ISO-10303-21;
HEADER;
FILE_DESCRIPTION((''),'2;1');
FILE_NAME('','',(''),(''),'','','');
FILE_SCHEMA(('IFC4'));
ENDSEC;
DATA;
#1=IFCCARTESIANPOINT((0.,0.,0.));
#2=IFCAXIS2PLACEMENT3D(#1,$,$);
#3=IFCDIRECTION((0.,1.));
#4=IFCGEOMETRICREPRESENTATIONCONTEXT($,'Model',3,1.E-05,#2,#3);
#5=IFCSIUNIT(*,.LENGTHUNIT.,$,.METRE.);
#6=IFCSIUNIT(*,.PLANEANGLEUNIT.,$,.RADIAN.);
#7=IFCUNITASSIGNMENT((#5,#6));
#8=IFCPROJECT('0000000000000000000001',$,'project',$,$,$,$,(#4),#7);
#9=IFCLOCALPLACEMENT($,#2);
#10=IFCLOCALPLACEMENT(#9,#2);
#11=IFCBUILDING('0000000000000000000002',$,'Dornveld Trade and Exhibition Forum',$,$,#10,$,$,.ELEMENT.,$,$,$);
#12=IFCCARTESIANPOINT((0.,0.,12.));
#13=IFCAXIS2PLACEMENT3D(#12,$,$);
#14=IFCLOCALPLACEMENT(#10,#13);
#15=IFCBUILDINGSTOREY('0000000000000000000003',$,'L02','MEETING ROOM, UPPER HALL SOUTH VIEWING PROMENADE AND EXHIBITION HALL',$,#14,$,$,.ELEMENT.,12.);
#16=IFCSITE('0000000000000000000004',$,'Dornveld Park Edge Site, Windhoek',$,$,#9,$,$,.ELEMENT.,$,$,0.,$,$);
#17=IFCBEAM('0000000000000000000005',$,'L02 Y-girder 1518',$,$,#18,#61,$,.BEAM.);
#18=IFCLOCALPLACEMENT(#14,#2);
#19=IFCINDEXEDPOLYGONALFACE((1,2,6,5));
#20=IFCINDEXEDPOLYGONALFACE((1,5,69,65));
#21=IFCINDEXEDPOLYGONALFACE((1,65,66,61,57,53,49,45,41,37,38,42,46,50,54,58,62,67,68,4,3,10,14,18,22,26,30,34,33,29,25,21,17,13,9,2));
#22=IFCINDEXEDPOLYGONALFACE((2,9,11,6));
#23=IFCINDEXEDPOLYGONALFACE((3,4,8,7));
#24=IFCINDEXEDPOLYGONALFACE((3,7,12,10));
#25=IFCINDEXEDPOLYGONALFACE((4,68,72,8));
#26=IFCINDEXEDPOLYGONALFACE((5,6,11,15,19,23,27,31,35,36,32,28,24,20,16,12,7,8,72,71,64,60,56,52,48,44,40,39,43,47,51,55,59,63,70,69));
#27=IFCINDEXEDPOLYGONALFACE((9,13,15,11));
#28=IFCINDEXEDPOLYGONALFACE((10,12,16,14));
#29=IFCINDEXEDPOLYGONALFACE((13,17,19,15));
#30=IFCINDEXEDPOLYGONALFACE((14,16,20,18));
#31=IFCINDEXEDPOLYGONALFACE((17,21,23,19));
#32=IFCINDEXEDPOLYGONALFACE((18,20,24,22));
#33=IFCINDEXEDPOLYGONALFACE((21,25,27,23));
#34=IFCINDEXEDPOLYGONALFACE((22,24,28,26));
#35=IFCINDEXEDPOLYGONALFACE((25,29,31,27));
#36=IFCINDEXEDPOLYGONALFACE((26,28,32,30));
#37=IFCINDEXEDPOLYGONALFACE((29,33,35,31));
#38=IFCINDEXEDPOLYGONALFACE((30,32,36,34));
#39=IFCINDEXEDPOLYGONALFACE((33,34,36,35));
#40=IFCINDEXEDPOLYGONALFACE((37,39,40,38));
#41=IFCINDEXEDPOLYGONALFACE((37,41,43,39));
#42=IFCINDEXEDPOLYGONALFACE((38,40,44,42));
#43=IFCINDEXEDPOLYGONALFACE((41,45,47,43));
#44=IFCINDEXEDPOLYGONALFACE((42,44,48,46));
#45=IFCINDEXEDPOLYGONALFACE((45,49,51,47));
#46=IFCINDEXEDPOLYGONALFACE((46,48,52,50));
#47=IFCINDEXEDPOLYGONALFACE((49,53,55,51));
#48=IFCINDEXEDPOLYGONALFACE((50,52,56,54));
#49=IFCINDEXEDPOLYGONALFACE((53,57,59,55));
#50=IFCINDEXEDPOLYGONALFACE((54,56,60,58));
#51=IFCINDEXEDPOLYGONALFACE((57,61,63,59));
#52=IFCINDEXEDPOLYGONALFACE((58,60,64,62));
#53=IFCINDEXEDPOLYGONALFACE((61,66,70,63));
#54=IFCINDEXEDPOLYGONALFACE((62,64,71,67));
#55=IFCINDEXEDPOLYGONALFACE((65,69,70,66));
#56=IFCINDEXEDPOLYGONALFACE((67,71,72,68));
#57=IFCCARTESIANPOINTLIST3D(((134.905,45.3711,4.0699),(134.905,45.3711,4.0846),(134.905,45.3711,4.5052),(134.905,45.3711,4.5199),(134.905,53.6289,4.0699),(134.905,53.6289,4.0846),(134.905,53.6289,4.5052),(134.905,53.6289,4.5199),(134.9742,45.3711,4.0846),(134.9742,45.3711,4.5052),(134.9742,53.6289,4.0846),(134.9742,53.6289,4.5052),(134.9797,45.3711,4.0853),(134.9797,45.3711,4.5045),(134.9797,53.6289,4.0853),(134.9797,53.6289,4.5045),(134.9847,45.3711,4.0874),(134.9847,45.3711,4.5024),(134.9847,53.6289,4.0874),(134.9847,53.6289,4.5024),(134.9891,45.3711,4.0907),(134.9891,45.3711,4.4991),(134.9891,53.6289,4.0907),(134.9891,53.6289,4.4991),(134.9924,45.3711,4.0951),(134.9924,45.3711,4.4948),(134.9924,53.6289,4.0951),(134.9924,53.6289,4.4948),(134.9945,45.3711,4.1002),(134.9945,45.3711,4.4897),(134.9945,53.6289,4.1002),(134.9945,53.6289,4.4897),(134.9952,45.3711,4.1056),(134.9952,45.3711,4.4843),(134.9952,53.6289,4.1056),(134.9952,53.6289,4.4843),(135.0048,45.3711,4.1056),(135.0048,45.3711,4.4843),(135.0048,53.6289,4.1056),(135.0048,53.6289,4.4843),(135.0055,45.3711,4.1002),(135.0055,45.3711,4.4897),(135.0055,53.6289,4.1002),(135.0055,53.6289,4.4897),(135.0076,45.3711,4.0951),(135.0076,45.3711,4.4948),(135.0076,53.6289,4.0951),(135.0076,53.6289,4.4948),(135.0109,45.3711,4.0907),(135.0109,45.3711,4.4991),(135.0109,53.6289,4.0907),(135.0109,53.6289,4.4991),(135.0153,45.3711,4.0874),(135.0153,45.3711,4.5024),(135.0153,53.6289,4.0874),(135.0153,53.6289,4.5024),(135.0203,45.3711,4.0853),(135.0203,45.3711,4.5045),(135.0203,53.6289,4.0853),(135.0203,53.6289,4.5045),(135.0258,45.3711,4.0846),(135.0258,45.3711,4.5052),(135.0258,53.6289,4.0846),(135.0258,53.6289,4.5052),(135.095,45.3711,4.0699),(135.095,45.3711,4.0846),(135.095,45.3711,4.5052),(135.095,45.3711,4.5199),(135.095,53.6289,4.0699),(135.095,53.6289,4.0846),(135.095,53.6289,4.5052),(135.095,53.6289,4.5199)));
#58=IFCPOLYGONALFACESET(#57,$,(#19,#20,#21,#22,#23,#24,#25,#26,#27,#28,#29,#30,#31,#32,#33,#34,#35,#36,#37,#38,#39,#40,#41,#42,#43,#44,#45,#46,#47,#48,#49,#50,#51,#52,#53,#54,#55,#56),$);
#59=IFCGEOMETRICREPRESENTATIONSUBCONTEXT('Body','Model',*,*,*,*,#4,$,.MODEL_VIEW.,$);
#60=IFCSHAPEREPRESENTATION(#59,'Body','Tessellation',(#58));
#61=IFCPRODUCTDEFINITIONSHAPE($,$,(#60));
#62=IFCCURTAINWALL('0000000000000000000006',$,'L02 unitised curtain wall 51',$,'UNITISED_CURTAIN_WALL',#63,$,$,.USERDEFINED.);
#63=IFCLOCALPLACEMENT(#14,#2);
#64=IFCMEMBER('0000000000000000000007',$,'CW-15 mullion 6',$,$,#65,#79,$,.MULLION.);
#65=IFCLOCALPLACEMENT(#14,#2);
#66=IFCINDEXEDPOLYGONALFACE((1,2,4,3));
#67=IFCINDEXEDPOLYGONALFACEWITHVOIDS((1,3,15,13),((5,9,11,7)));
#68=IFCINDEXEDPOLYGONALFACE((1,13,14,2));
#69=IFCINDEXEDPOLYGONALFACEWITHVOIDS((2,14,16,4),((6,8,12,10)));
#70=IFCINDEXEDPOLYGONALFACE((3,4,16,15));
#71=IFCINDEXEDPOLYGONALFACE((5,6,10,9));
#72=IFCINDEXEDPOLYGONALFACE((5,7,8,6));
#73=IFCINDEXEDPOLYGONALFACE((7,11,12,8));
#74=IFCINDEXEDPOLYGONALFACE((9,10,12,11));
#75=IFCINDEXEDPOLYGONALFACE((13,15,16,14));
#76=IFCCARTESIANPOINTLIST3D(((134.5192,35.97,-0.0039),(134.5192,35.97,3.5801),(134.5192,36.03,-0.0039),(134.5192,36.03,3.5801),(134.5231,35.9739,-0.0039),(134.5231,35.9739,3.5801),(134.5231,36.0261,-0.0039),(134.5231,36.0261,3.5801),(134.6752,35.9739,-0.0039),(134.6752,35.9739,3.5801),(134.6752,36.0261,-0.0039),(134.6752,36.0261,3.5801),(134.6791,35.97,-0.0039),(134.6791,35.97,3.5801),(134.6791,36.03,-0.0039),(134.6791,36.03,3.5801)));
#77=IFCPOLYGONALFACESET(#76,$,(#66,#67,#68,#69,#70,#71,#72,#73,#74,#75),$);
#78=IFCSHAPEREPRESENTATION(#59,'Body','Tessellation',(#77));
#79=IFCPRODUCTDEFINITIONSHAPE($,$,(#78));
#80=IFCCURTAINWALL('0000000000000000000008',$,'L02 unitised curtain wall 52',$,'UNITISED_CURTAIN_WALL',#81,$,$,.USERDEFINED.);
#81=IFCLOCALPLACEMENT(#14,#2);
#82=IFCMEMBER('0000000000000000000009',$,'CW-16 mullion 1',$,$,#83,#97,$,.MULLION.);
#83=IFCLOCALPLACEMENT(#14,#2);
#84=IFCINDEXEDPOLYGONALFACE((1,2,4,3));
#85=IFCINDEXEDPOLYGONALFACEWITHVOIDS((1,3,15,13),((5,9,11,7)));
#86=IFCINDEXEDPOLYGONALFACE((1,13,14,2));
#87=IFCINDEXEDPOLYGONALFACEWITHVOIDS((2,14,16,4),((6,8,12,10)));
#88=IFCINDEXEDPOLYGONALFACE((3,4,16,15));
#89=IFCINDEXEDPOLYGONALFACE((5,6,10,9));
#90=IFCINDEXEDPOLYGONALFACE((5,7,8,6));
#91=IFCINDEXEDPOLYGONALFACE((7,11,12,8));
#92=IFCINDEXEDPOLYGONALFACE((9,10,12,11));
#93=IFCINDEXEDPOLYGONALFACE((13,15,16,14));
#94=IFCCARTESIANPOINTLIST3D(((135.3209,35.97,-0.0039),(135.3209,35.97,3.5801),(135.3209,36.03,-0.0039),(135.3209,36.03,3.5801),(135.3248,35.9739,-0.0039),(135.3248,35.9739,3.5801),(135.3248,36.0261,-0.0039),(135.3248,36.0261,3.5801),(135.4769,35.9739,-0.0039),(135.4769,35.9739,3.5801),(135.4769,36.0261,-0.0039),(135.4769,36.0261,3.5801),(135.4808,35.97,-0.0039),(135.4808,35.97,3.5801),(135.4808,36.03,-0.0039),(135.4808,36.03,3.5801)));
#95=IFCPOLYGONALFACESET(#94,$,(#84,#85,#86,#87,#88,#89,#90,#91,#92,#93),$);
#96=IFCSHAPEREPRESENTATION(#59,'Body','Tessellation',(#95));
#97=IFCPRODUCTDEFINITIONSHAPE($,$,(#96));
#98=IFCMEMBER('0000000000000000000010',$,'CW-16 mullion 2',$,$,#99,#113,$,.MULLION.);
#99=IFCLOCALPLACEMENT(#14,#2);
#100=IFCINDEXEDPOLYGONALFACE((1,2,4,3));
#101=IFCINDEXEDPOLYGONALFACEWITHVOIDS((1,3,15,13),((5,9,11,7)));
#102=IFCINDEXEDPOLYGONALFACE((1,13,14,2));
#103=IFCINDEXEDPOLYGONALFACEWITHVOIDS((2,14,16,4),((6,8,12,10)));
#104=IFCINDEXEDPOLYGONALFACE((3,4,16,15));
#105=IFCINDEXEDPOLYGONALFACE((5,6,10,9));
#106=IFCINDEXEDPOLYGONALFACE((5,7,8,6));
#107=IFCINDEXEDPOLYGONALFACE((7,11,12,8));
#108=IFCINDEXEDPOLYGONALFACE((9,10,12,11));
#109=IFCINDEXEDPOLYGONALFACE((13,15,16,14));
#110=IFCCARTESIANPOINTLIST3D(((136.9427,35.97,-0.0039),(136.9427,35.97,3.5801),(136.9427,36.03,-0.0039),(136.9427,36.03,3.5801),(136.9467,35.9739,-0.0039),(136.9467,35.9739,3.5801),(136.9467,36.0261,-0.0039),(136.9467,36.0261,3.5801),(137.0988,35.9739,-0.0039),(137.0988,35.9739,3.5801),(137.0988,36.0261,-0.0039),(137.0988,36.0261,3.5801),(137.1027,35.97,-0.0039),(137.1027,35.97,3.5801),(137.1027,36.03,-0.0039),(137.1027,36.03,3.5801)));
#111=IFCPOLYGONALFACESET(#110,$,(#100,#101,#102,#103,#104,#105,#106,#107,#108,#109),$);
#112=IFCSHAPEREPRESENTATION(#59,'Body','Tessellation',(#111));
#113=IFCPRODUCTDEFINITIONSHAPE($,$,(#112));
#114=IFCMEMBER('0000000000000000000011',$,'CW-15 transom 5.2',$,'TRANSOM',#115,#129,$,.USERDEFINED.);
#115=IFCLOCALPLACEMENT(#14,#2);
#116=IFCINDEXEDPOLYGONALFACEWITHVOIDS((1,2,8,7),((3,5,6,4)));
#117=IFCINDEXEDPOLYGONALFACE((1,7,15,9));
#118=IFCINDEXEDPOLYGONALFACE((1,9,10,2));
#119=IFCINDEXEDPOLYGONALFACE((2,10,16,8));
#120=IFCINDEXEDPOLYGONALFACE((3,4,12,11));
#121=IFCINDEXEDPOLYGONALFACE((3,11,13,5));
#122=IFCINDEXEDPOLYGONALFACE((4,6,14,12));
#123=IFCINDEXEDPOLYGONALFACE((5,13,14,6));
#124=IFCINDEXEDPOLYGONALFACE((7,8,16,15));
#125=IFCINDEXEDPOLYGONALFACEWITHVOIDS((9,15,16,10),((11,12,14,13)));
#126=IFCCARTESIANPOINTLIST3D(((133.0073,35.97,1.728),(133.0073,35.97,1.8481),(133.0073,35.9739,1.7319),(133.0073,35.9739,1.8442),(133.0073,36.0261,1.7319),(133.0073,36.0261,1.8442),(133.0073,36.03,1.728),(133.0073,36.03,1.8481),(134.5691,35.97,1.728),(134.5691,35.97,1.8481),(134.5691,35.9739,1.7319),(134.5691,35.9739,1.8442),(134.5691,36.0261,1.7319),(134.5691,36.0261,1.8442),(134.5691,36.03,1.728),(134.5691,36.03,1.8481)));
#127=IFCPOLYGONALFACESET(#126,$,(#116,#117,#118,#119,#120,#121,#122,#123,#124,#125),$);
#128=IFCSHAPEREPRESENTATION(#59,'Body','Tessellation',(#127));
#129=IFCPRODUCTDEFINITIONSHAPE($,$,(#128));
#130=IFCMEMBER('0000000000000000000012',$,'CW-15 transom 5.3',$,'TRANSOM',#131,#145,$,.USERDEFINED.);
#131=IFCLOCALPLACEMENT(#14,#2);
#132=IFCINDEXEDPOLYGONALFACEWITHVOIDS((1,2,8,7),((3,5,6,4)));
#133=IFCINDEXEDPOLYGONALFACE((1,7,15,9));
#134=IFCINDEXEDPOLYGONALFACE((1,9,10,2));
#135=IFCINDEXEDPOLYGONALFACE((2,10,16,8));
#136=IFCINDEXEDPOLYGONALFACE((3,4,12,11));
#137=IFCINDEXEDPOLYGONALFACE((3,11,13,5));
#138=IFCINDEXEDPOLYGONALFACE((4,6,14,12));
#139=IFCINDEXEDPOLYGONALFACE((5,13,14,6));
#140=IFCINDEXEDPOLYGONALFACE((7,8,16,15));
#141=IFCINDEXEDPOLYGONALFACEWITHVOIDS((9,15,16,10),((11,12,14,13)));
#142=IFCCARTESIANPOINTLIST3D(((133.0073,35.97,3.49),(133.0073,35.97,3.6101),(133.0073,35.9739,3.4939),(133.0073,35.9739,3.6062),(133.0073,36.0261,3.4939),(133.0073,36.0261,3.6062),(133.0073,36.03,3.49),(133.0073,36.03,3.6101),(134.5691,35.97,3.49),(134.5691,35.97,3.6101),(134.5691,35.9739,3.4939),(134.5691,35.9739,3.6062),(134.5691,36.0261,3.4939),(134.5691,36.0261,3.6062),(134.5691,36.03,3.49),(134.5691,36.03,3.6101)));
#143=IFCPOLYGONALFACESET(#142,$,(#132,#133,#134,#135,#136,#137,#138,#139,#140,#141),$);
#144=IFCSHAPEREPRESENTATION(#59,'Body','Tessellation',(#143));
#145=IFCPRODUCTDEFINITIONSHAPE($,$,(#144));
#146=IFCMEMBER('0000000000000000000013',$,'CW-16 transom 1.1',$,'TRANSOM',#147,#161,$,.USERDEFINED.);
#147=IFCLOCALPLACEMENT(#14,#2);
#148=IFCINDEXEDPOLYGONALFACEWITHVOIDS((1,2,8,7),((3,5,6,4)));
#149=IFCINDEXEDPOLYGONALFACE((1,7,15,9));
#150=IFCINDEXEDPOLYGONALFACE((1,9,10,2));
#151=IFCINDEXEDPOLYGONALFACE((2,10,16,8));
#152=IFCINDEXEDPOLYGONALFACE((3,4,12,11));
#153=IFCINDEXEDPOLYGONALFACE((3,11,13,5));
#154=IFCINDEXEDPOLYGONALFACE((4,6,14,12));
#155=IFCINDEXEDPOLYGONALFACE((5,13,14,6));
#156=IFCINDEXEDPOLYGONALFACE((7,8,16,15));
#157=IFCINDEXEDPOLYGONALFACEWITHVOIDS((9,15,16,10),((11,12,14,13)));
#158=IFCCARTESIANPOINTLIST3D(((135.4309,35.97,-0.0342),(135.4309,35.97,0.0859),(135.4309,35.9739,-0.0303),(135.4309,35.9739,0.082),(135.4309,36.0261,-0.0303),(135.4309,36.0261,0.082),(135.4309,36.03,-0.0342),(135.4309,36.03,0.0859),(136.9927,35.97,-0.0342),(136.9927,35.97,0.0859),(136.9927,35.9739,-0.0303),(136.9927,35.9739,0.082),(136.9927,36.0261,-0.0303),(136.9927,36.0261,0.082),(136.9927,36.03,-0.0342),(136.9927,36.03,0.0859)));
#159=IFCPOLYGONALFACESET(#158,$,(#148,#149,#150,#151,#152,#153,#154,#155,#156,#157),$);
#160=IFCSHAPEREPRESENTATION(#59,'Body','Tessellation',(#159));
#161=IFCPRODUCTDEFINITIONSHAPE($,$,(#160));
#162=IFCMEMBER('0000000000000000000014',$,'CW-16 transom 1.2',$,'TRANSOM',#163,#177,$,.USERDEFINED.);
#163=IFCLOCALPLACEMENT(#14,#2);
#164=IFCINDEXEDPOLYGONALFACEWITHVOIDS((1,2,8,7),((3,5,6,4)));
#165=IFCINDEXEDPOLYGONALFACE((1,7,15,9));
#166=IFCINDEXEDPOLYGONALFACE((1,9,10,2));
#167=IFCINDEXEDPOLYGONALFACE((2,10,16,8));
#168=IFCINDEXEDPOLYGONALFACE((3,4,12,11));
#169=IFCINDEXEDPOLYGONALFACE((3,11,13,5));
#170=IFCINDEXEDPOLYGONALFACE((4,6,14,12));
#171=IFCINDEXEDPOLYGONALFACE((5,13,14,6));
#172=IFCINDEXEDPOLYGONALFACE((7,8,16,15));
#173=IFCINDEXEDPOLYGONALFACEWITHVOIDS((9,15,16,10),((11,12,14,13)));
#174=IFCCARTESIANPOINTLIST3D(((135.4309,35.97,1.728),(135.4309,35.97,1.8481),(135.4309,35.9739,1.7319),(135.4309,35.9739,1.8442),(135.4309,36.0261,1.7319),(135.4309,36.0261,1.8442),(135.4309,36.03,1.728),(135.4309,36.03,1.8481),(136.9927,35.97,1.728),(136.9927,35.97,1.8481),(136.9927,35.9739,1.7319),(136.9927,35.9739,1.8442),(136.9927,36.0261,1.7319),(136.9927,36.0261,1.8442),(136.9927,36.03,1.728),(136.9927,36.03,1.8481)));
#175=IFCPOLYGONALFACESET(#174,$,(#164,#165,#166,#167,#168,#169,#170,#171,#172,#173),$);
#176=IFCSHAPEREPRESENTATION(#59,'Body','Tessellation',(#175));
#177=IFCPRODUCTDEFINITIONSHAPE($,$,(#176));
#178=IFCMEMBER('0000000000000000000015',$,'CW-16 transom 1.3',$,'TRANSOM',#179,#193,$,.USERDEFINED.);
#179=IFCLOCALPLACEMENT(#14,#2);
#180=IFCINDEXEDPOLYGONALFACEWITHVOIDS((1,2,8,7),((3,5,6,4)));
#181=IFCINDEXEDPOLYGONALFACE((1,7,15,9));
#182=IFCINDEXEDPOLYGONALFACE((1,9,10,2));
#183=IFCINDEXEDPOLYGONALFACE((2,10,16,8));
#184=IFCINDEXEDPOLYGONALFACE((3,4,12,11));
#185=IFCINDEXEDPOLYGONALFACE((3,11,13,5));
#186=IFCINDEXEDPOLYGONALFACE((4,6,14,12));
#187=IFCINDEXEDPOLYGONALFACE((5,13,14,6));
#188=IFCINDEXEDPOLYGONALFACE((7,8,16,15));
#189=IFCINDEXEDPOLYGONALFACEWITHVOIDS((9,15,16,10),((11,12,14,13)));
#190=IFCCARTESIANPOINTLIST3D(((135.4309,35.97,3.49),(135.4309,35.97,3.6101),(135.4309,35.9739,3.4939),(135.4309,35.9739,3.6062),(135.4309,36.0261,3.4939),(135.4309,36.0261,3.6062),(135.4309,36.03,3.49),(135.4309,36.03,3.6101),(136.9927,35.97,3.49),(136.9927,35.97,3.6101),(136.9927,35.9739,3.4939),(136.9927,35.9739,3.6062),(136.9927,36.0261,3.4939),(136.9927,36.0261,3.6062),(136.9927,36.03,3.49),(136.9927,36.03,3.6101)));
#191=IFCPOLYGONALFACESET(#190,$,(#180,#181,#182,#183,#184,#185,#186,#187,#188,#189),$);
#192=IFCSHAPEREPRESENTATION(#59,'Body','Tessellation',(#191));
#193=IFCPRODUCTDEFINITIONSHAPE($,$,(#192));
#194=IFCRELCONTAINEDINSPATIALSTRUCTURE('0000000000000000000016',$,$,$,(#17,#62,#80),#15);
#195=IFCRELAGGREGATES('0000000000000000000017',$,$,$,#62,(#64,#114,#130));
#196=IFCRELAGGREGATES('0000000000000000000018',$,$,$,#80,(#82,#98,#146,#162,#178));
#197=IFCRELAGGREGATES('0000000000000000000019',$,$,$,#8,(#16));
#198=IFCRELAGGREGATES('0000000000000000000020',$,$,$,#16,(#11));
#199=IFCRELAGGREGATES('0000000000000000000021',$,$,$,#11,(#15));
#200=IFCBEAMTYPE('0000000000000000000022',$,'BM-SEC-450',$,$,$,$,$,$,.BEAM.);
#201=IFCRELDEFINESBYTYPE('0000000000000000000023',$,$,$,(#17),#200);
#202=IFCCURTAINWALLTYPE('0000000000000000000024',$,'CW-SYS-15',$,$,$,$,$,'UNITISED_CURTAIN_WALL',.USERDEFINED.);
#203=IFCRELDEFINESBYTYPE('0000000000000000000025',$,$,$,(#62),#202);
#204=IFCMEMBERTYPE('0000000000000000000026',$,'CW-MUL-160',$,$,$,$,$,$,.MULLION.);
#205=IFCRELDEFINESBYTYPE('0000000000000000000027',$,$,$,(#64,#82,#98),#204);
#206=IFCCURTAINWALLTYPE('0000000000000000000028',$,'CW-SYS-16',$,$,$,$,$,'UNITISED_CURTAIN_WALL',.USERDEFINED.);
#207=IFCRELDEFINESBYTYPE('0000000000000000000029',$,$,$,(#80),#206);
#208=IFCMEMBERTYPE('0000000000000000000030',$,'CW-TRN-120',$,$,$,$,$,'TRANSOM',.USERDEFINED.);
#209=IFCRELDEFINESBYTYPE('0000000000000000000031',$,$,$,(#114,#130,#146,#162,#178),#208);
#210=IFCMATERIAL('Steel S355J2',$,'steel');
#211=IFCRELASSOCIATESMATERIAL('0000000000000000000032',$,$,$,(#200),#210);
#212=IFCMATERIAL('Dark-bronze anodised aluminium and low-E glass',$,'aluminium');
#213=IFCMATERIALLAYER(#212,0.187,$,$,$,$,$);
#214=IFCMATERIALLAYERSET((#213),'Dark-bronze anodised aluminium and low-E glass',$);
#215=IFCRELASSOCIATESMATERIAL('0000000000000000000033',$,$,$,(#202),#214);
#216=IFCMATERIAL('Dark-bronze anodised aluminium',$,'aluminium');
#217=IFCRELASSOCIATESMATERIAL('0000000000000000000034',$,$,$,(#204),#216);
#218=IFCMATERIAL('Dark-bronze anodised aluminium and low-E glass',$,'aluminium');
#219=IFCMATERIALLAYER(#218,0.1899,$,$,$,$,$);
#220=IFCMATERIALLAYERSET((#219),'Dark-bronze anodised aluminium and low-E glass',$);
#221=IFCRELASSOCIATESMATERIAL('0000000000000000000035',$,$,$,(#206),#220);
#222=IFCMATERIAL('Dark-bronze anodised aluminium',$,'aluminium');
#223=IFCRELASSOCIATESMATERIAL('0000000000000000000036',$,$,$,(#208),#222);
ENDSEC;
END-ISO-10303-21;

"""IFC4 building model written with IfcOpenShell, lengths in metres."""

from ifc_helpers import new_model, si_unit, direction, frame, origin, origin_2d, place, context, subcontext, project, spatial, hollow_rectangle, i_section, extrude, material, layer, layer_set, material_profile, profile_set, type_object, element, aggregate, save


model = new_model("IFC4")

# Units and contexts
model_context = context("Model", 3, precision=1e-05, world=origin(), true_north=direction((0.0, 1.0)))
body_context = subcontext(model_context, "Body", "Model", "MODEL_VIEW")
ifc_project = project(units=[si_unit("LENGTHUNIT", "METRE"), si_unit("PLANEANGLEUNIT", "RADIAN")], contexts=[model_context])

# Site, building, storey
site_placement = place(None, origin())
site = spatial("IfcSite", under=ifc_project, at=site_placement, Name="Dornveld Park Edge Site, Windhoek", CompositionType="ELEMENT", RefElevation=0.0)
building_placement = place(site_placement, origin())
building = spatial("IfcBuilding", under=site, at=building_placement, Name="Dornveld Trade and Exhibition Forum", CompositionType="ELEMENT")
storey_placement = place(building_placement, frame((0.0, 0.0, 12.0)))
storey = spatial("IfcBuildingStorey", under=building, at=storey_placement, Name="L02", Description="MEETING ROOM, UPPER HALL SOUTH VIEWING PROMENADE AND EXHIBITION HALL", CompositionType="ELEMENT", Elevation=12.0)

# Beam
ifc_material_1 = material(Name="Steel S355J2", Category="steel")
ifc_material_profile_1 = material_profile(ifc_material_1, i_section(OverallWidth=0.1899, OverallDepth=0.45, WebThickness=0.0095, FlangeThickness=0.0146, FilletRadius=0.021, at=origin_2d()), Name="IPE 450")
ifc_profile_set_1 = profile_set([ifc_material_profile_1], Name="Steel S355J2")
beam_type_1 = type_object("IfcBeamType", Name="BM-SEC-450", PredefinedType="BEAM", material=ifc_profile_set_1)
beam_placement = place(storey_placement, frame((135.0, 45.3711, 4.2949), z_axis=(0.0, 1.0, 0.0), x_axis=(-1.0, 0.0, 0.0)))
element("IfcBeam", 1, at=beam_placement, inside=storey, type_object=beam_type_1, Name="L02 Y-girder 1518", PredefinedType="BEAM", context=body_context, shape_type="SweptSolid", body=[
    extrude(i_section(OverallWidth=0.1899, OverallDepth=0.45, WebThickness=0.0095, FlangeThickness=0.0146, FilletRadius=0.021, at=origin_2d()), origin(), (0.0, 0.0, 1.0), 8.2578),
])

# Curtain wall, member
ifc_material_2 = material(Name="Dark-bronze anodised aluminium and low-E glass", Category="aluminium")
ifc_layer_1 = layer(ifc_material_2, 0.187)
ifc_layer_set_1 = layer_set([ifc_layer_1], Name="Dark-bronze anodised aluminium and low-E glass")
curtain_wall_type_1 = type_object("IfcCurtainWallType", Name="CW-SYS-15", ElementType="UNITISED_CURTAIN_WALL", PredefinedType="USERDEFINED", material=ifc_layer_set_1)
curtain_wall_1_placement = place(storey_placement, origin())
curtain_wall_1 = element("IfcCurtainWall", 2, at=curtain_wall_1_placement, inside=storey, type_object=curtain_wall_type_1, Name="L02 unitised curtain wall 51", ObjectType="UNITISED_CURTAIN_WALL", PredefinedType="USERDEFINED")
ifc_material_3 = material(Name="Dark-bronze anodised aluminium", Category="aluminium")
ifc_material_profile_2 = material_profile(ifc_material_3, hollow_rectangle(XDim=0.0601, YDim=0.1599, WallThickness=0.0039, at=origin_2d()), Name="RHS 160x60x4")
ifc_profile_set_2 = profile_set([ifc_material_profile_2], Name="Dark-bronze anodised aluminium")
member_type_1 = type_object("IfcMemberType", Name="CW-MUL-160", PredefinedType="MULLION", material=ifc_profile_set_2)
member_1_placement = place(storey_placement, frame((134.5991, 36.0, -0.0039), z_axis=(0.0, 0.0, 1.0), x_axis=(0.0, 1.0, 0.0)))
member_1 = element("IfcMember", 3, at=member_1_placement, type_object=member_type_1, Name="CW-15 mullion 6", PredefinedType="MULLION", context=body_context, shape_type="SweptSolid", body=[
    extrude(hollow_rectangle(XDim=0.0601, YDim=0.1599, WallThickness=0.0039, at=origin_2d()), origin(), (0.0, 0.0, 1.0), 3.584),
])

# Curtain wall, members
ifc_material_4 = material(Name="Dark-bronze anodised aluminium and low-E glass", Category="aluminium")
ifc_layer_2 = layer(ifc_material_4, 0.1899)
ifc_layer_set_2 = layer_set([ifc_layer_2], Name="Dark-bronze anodised aluminium and low-E glass")
curtain_wall_type_2 = type_object("IfcCurtainWallType", Name="CW-SYS-16", ElementType="UNITISED_CURTAIN_WALL", PredefinedType="USERDEFINED", material=ifc_layer_set_2)
curtain_wall_2_placement = place(storey_placement, origin())
curtain_wall_2 = element("IfcCurtainWall", 4, at=curtain_wall_2_placement, inside=storey, type_object=curtain_wall_type_2, Name="L02 unitised curtain wall 52", ObjectType="UNITISED_CURTAIN_WALL", PredefinedType="USERDEFINED")
member_2_placement = place(storey_placement, frame((135.4009, 36.0, -0.0039), z_axis=(0.0, 0.0, 1.0), x_axis=(0.0, 1.0, 0.0)))
member_2 = element("IfcMember", 5, at=member_2_placement, type_object=member_type_1, Name="CW-16 mullion 1", PredefinedType="MULLION", context=body_context, shape_type="SweptSolid", body=[
    extrude(hollow_rectangle(XDim=0.0601, YDim=0.1599, WallThickness=0.0039, at=origin_2d()), origin(), (0.0, 0.0, 1.0), 3.584),
])
member_3_placement = place(storey_placement, frame((137.0227, 36.0, -0.0039), z_axis=(0.0, 0.0, 1.0), x_axis=(0.0, 1.0, 0.0)))
member_3 = element("IfcMember", 6, at=member_3_placement, type_object=member_type_1, Name="CW-16 mullion 2", PredefinedType="MULLION", context=body_context, shape_type="SweptSolid", body=[
    extrude(hollow_rectangle(XDim=0.0601, YDim=0.1599, WallThickness=0.0039, at=origin_2d()), origin(), (0.0, 0.0, 1.0), 3.584),
])

# Members
ifc_material_5 = material(Name="Dark-bronze anodised aluminium", Category="aluminium")
ifc_material_profile_3 = material_profile(ifc_material_5, hollow_rectangle(XDim=0.0601, YDim=0.1201, WallThickness=0.0039, at=origin_2d()), Name="RHS 120x60x4")
ifc_profile_set_3 = profile_set([ifc_material_profile_3], Name="Dark-bronze anodised aluminium")
member_type_2 = type_object("IfcMemberType", Name="CW-TRN-120", ElementType="TRANSOM", PredefinedType="USERDEFINED", material=ifc_profile_set_3)
member_4_placement = place(storey_placement, frame((133.0073, 36.0, 1.7881), z_axis=(1.0, 0.0, 0.0), x_axis=(0.0, 1.0, 0.0)))
member_4 = element("IfcMember", 7, at=member_4_placement, type_object=member_type_2, Name="CW-15 transom 5.2", ObjectType="TRANSOM", PredefinedType="USERDEFINED", context=body_context, shape_type="SweptSolid", body=[
    extrude(hollow_rectangle(XDim=0.0601, YDim=0.1201, WallThickness=0.0039, at=origin_2d()), origin(), (0.0, 0.0, 1.0), 1.5618),
])
member_5_placement = place(storey_placement, frame((133.0073, 36.0, 3.55), z_axis=(1.0, 0.0, 0.0), x_axis=(0.0, 1.0, 0.0)))
member_5 = element("IfcMember", 8, at=member_5_placement, type_object=member_type_2, Name="CW-15 transom 5.3", ObjectType="TRANSOM", PredefinedType="USERDEFINED", context=body_context, shape_type="SweptSolid", body=[
    extrude(hollow_rectangle(XDim=0.0601, YDim=0.1201, WallThickness=0.0039, at=origin_2d()), origin(), (0.0, 0.0, 1.0), 1.5618),
])
member_6_placement = place(storey_placement, frame((135.4309, 36.0, 0.0259), z_axis=(1.0, 0.0, 0.0), x_axis=(0.0, 1.0, 0.0)))
member_6 = element("IfcMember", 9, at=member_6_placement, type_object=member_type_2, Name="CW-16 transom 1.1", ObjectType="TRANSOM", PredefinedType="USERDEFINED", context=body_context, shape_type="SweptSolid", body=[
    extrude(hollow_rectangle(XDim=0.0601, YDim=0.1201, WallThickness=0.0039, at=origin_2d()), origin(), (0.0, 0.0, 1.0), 1.5618),
])
member_7_placement = place(storey_placement, frame((135.4309, 36.0, 1.7881), z_axis=(1.0, 0.0, 0.0), x_axis=(0.0, 1.0, 0.0)))
member_7 = element("IfcMember", 10, at=member_7_placement, type_object=member_type_2, Name="CW-16 transom 1.2", ObjectType="TRANSOM", PredefinedType="USERDEFINED", context=body_context, shape_type="SweptSolid", body=[
    extrude(hollow_rectangle(XDim=0.0601, YDim=0.1201, WallThickness=0.0039, at=origin_2d()), origin(), (0.0, 0.0, 1.0), 1.5618),
])
member_8_placement = place(storey_placement, frame((135.4309, 36.0, 3.55), z_axis=(1.0, 0.0, 0.0), x_axis=(0.0, 1.0, 0.0)))
member_8 = element("IfcMember", 11, at=member_8_placement, type_object=member_type_2, Name="CW-16 transom 1.3", ObjectType="TRANSOM", PredefinedType="USERDEFINED", context=body_context, shape_type="SweptSolid", body=[
    extrude(hollow_rectangle(XDim=0.0601, YDim=0.1201, WallThickness=0.0039, at=origin_2d()), origin(), (0.0, 0.0, 1.0), 1.5618),
])

aggregate(curtain_wall_1, [member_1, member_4, member_5])
aggregate(curtain_wall_2, [member_2, member_3, member_6, member_7, member_8])

save(model, "model.ifc")
